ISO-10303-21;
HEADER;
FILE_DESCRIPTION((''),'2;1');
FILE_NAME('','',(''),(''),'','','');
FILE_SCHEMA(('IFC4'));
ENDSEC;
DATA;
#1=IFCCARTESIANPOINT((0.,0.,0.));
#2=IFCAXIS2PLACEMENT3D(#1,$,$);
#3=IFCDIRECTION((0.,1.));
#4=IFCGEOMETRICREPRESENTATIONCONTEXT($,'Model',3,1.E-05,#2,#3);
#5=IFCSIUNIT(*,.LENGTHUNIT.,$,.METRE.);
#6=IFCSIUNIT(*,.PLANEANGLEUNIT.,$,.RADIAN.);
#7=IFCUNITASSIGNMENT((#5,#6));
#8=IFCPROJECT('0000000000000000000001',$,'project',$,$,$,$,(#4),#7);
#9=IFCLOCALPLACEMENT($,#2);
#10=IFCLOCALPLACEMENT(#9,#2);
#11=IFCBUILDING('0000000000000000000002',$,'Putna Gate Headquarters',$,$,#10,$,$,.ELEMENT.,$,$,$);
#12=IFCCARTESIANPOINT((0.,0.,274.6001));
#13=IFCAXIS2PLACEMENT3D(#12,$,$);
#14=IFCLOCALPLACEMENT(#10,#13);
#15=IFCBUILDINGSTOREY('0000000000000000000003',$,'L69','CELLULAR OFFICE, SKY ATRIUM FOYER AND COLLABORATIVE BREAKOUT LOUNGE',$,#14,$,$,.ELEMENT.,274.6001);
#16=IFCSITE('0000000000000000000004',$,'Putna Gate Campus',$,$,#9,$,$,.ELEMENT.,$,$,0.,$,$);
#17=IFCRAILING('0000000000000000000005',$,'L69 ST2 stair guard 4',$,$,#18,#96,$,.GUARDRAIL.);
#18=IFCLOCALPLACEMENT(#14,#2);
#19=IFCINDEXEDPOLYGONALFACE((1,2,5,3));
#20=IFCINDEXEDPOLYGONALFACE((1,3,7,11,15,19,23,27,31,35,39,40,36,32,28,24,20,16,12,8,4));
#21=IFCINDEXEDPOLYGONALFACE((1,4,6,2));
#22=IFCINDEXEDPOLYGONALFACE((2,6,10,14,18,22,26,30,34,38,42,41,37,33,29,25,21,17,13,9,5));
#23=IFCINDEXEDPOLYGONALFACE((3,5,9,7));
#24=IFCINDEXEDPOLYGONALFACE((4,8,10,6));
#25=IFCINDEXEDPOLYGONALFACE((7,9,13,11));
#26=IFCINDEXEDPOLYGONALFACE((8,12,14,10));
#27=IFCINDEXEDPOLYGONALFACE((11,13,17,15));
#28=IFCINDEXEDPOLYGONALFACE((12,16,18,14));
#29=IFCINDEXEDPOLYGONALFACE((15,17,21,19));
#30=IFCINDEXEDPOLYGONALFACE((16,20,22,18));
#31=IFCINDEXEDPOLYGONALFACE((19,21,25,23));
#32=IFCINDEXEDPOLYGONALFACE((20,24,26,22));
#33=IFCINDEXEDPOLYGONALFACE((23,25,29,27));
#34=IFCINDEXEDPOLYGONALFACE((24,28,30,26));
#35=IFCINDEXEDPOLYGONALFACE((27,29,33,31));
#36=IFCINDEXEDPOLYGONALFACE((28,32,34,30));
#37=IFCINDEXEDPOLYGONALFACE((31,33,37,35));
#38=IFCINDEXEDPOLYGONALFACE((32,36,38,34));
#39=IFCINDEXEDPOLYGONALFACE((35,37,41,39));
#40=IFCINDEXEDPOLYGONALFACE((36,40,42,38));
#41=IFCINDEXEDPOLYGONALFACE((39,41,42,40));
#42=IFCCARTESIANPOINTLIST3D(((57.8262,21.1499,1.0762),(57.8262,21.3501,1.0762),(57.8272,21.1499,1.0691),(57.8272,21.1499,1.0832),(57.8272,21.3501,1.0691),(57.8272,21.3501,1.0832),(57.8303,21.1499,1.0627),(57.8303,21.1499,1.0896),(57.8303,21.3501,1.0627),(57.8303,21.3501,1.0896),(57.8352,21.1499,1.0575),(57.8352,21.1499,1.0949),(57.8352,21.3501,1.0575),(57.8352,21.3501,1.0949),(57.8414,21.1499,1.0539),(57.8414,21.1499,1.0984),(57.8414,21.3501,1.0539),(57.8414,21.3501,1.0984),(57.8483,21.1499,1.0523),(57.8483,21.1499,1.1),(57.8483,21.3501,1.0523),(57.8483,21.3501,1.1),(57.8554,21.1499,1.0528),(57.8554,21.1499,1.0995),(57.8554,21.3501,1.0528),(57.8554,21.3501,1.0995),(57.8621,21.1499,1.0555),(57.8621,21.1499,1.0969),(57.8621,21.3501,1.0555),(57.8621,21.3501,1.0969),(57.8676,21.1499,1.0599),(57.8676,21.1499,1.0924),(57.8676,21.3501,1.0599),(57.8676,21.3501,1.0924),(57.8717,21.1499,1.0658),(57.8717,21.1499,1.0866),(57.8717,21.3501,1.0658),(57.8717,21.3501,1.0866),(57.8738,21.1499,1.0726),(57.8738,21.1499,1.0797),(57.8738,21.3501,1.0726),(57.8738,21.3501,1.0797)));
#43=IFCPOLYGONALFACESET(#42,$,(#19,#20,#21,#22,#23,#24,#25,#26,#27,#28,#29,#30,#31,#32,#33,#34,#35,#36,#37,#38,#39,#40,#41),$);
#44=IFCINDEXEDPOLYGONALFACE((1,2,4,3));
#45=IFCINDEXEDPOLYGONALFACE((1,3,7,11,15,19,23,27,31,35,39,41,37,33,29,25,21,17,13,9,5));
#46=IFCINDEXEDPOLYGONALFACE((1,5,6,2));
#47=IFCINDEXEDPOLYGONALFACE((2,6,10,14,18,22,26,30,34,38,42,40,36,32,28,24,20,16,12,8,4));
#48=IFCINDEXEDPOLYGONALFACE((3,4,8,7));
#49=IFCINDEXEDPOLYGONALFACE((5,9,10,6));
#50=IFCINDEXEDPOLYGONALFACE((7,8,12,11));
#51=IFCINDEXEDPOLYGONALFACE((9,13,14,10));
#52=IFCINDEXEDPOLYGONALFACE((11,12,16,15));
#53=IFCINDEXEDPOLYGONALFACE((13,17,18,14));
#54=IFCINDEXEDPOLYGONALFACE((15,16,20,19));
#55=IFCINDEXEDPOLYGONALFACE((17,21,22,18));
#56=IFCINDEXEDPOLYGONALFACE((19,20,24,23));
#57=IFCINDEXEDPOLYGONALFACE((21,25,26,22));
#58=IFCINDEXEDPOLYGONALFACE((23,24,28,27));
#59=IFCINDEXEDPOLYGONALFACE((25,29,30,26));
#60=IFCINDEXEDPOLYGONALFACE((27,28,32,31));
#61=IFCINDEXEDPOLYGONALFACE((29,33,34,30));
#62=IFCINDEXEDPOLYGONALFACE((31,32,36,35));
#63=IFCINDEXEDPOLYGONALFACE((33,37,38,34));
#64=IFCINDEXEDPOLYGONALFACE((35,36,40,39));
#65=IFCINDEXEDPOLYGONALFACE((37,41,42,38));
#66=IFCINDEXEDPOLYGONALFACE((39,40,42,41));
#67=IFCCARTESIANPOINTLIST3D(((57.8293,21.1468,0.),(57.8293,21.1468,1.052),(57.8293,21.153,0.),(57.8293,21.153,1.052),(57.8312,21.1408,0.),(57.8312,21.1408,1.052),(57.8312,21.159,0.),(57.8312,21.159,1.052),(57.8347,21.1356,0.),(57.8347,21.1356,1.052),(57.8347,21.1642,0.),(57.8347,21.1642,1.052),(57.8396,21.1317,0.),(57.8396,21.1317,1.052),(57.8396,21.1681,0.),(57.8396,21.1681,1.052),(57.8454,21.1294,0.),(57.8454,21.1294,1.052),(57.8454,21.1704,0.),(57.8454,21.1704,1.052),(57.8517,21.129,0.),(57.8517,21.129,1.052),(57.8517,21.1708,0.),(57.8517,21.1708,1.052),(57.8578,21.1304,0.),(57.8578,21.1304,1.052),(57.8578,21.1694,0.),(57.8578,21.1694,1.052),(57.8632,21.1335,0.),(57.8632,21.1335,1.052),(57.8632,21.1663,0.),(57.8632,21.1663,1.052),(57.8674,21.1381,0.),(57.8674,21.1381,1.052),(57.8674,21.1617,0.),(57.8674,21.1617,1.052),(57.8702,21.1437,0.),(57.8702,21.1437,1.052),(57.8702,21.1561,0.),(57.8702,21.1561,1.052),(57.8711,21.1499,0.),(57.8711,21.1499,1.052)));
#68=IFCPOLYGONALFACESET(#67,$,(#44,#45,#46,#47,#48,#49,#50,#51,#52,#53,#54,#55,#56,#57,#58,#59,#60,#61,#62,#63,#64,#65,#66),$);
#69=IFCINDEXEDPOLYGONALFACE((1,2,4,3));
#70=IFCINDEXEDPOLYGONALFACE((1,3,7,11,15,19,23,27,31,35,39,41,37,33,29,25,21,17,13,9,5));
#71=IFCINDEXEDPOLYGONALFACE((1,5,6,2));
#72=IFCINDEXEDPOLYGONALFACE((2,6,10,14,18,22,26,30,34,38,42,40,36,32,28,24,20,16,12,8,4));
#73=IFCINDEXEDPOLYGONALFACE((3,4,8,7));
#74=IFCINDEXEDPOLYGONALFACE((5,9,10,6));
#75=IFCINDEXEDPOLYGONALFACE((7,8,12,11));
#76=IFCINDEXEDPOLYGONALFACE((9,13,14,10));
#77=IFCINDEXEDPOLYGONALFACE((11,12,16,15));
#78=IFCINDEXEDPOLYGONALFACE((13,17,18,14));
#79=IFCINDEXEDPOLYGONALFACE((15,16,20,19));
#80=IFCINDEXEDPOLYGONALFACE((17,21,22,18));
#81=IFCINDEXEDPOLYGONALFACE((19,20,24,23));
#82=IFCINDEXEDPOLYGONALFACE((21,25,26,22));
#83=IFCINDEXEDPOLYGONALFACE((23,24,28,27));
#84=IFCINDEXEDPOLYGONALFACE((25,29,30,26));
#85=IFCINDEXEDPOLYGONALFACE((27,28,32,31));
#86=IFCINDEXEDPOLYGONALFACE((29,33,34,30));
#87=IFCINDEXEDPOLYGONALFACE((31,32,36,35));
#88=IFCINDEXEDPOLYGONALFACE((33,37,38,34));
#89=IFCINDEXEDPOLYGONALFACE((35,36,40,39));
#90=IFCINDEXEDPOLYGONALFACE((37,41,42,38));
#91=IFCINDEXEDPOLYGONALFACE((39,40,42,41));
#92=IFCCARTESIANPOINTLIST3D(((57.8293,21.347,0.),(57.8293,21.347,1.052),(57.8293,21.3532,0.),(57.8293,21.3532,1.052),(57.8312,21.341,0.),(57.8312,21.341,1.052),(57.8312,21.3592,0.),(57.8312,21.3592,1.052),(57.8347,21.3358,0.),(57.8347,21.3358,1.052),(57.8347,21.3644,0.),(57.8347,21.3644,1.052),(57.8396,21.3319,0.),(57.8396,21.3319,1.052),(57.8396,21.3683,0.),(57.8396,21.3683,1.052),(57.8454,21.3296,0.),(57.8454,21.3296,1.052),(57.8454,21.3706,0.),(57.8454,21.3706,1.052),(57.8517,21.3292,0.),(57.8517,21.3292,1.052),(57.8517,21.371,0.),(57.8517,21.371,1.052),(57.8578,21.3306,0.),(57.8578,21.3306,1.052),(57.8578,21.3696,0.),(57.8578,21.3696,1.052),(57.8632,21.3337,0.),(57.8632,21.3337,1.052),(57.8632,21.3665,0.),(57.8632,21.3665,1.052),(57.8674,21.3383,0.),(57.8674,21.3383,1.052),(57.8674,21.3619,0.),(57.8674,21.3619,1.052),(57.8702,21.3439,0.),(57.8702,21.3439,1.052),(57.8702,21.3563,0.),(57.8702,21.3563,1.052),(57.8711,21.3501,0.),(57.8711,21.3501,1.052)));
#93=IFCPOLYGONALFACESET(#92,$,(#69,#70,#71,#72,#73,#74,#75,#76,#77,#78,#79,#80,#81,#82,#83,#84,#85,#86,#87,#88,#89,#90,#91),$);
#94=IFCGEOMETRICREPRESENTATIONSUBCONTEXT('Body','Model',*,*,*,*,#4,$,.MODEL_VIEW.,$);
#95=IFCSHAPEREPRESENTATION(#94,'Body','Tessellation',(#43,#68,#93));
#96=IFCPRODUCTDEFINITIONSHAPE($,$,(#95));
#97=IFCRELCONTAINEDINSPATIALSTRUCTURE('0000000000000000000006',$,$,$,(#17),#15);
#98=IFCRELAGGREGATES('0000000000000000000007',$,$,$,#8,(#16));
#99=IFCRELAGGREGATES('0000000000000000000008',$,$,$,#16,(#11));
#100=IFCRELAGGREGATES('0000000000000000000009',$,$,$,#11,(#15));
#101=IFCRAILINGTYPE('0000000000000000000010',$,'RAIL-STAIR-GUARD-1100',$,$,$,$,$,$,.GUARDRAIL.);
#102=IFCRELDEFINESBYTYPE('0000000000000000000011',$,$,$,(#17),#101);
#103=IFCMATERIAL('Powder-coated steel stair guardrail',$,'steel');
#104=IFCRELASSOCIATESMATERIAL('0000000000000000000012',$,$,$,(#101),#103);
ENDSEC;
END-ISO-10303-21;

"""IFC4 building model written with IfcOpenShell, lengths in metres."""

from ifc_helpers import new_model, si_unit, direction, frame, origin, origin_2d, place, context, subcontext, project, spatial, circle, extrude, material, type_object, element, save


model = new_model("IFC4")

# Units and contexts
model_context = context("Model", 3, precision=1e-05, world=origin(), true_north=direction((0.0, 1.0)))
body_context = subcontext(model_context, "Body", "Model", "MODEL_VIEW")
ifc_project = project(units=[si_unit("LENGTHUNIT", "METRE"), si_unit("PLANEANGLEUNIT", "RADIAN")], contexts=[model_context])

# Site, building, storey
site_placement = place(None, origin())
site = spatial("IfcSite", under=ifc_project, at=site_placement, Name="Putna Gate Campus", CompositionType="ELEMENT", RefElevation=0.0)
building_placement = place(site_placement, origin())
building = spatial("IfcBuilding", under=site, at=building_placement, Name="Putna Gate Headquarters", CompositionType="ELEMENT")
storey_placement = place(building_placement, frame((0.0, 0.0, 274.6001)))
storey = spatial("IfcBuildingStorey", under=building, at=storey_placement, Name="L69", Description="CELLULAR OFFICE, SKY ATRIUM FOYER AND COLLABORATIVE BREAKOUT LOUNGE", CompositionType="ELEMENT", Elevation=274.6001)

# Railing
ifc_material_1 = material(Name="Powder-coated steel stair guardrail", Category="steel")
railing_type_1 = type_object("IfcRailingType", Name="RAIL-STAIR-GUARD-1100", PredefinedType="GUARDRAIL", material=ifc_material_1)
railing_1_placement = place(storey_placement, frame((57.8501, 21.1499, 0.0)))
element("IfcRailing", 1, at=railing_1_placement, inside=storey, type_object=railing_type_1, Name="L69 ST2 stair guard 4", PredefinedType="GUARDRAIL", context=body_context, shape_type="SweptSolid", body=[
    extrude(circle(Radius=0.0239, at=origin_2d()), frame((0.0, 0.0, 1.0762), z_axis=(0.0, 1.0, 0.0), x_axis=(-1.0, 0.0, 0.0)), (0.0, 0.0, 1.0), 0.2002),
    extrude(circle(Radius=0.021, at=origin_2d()), origin(), (0.0, 0.0, 1.0), 1.052),
    extrude(circle(Radius=0.021, at=origin_2d()), frame((0.0, 0.2002, 0.0)), (0.0, 0.0, 1.0), 1.052),
])

save(model, "model.ifc")
